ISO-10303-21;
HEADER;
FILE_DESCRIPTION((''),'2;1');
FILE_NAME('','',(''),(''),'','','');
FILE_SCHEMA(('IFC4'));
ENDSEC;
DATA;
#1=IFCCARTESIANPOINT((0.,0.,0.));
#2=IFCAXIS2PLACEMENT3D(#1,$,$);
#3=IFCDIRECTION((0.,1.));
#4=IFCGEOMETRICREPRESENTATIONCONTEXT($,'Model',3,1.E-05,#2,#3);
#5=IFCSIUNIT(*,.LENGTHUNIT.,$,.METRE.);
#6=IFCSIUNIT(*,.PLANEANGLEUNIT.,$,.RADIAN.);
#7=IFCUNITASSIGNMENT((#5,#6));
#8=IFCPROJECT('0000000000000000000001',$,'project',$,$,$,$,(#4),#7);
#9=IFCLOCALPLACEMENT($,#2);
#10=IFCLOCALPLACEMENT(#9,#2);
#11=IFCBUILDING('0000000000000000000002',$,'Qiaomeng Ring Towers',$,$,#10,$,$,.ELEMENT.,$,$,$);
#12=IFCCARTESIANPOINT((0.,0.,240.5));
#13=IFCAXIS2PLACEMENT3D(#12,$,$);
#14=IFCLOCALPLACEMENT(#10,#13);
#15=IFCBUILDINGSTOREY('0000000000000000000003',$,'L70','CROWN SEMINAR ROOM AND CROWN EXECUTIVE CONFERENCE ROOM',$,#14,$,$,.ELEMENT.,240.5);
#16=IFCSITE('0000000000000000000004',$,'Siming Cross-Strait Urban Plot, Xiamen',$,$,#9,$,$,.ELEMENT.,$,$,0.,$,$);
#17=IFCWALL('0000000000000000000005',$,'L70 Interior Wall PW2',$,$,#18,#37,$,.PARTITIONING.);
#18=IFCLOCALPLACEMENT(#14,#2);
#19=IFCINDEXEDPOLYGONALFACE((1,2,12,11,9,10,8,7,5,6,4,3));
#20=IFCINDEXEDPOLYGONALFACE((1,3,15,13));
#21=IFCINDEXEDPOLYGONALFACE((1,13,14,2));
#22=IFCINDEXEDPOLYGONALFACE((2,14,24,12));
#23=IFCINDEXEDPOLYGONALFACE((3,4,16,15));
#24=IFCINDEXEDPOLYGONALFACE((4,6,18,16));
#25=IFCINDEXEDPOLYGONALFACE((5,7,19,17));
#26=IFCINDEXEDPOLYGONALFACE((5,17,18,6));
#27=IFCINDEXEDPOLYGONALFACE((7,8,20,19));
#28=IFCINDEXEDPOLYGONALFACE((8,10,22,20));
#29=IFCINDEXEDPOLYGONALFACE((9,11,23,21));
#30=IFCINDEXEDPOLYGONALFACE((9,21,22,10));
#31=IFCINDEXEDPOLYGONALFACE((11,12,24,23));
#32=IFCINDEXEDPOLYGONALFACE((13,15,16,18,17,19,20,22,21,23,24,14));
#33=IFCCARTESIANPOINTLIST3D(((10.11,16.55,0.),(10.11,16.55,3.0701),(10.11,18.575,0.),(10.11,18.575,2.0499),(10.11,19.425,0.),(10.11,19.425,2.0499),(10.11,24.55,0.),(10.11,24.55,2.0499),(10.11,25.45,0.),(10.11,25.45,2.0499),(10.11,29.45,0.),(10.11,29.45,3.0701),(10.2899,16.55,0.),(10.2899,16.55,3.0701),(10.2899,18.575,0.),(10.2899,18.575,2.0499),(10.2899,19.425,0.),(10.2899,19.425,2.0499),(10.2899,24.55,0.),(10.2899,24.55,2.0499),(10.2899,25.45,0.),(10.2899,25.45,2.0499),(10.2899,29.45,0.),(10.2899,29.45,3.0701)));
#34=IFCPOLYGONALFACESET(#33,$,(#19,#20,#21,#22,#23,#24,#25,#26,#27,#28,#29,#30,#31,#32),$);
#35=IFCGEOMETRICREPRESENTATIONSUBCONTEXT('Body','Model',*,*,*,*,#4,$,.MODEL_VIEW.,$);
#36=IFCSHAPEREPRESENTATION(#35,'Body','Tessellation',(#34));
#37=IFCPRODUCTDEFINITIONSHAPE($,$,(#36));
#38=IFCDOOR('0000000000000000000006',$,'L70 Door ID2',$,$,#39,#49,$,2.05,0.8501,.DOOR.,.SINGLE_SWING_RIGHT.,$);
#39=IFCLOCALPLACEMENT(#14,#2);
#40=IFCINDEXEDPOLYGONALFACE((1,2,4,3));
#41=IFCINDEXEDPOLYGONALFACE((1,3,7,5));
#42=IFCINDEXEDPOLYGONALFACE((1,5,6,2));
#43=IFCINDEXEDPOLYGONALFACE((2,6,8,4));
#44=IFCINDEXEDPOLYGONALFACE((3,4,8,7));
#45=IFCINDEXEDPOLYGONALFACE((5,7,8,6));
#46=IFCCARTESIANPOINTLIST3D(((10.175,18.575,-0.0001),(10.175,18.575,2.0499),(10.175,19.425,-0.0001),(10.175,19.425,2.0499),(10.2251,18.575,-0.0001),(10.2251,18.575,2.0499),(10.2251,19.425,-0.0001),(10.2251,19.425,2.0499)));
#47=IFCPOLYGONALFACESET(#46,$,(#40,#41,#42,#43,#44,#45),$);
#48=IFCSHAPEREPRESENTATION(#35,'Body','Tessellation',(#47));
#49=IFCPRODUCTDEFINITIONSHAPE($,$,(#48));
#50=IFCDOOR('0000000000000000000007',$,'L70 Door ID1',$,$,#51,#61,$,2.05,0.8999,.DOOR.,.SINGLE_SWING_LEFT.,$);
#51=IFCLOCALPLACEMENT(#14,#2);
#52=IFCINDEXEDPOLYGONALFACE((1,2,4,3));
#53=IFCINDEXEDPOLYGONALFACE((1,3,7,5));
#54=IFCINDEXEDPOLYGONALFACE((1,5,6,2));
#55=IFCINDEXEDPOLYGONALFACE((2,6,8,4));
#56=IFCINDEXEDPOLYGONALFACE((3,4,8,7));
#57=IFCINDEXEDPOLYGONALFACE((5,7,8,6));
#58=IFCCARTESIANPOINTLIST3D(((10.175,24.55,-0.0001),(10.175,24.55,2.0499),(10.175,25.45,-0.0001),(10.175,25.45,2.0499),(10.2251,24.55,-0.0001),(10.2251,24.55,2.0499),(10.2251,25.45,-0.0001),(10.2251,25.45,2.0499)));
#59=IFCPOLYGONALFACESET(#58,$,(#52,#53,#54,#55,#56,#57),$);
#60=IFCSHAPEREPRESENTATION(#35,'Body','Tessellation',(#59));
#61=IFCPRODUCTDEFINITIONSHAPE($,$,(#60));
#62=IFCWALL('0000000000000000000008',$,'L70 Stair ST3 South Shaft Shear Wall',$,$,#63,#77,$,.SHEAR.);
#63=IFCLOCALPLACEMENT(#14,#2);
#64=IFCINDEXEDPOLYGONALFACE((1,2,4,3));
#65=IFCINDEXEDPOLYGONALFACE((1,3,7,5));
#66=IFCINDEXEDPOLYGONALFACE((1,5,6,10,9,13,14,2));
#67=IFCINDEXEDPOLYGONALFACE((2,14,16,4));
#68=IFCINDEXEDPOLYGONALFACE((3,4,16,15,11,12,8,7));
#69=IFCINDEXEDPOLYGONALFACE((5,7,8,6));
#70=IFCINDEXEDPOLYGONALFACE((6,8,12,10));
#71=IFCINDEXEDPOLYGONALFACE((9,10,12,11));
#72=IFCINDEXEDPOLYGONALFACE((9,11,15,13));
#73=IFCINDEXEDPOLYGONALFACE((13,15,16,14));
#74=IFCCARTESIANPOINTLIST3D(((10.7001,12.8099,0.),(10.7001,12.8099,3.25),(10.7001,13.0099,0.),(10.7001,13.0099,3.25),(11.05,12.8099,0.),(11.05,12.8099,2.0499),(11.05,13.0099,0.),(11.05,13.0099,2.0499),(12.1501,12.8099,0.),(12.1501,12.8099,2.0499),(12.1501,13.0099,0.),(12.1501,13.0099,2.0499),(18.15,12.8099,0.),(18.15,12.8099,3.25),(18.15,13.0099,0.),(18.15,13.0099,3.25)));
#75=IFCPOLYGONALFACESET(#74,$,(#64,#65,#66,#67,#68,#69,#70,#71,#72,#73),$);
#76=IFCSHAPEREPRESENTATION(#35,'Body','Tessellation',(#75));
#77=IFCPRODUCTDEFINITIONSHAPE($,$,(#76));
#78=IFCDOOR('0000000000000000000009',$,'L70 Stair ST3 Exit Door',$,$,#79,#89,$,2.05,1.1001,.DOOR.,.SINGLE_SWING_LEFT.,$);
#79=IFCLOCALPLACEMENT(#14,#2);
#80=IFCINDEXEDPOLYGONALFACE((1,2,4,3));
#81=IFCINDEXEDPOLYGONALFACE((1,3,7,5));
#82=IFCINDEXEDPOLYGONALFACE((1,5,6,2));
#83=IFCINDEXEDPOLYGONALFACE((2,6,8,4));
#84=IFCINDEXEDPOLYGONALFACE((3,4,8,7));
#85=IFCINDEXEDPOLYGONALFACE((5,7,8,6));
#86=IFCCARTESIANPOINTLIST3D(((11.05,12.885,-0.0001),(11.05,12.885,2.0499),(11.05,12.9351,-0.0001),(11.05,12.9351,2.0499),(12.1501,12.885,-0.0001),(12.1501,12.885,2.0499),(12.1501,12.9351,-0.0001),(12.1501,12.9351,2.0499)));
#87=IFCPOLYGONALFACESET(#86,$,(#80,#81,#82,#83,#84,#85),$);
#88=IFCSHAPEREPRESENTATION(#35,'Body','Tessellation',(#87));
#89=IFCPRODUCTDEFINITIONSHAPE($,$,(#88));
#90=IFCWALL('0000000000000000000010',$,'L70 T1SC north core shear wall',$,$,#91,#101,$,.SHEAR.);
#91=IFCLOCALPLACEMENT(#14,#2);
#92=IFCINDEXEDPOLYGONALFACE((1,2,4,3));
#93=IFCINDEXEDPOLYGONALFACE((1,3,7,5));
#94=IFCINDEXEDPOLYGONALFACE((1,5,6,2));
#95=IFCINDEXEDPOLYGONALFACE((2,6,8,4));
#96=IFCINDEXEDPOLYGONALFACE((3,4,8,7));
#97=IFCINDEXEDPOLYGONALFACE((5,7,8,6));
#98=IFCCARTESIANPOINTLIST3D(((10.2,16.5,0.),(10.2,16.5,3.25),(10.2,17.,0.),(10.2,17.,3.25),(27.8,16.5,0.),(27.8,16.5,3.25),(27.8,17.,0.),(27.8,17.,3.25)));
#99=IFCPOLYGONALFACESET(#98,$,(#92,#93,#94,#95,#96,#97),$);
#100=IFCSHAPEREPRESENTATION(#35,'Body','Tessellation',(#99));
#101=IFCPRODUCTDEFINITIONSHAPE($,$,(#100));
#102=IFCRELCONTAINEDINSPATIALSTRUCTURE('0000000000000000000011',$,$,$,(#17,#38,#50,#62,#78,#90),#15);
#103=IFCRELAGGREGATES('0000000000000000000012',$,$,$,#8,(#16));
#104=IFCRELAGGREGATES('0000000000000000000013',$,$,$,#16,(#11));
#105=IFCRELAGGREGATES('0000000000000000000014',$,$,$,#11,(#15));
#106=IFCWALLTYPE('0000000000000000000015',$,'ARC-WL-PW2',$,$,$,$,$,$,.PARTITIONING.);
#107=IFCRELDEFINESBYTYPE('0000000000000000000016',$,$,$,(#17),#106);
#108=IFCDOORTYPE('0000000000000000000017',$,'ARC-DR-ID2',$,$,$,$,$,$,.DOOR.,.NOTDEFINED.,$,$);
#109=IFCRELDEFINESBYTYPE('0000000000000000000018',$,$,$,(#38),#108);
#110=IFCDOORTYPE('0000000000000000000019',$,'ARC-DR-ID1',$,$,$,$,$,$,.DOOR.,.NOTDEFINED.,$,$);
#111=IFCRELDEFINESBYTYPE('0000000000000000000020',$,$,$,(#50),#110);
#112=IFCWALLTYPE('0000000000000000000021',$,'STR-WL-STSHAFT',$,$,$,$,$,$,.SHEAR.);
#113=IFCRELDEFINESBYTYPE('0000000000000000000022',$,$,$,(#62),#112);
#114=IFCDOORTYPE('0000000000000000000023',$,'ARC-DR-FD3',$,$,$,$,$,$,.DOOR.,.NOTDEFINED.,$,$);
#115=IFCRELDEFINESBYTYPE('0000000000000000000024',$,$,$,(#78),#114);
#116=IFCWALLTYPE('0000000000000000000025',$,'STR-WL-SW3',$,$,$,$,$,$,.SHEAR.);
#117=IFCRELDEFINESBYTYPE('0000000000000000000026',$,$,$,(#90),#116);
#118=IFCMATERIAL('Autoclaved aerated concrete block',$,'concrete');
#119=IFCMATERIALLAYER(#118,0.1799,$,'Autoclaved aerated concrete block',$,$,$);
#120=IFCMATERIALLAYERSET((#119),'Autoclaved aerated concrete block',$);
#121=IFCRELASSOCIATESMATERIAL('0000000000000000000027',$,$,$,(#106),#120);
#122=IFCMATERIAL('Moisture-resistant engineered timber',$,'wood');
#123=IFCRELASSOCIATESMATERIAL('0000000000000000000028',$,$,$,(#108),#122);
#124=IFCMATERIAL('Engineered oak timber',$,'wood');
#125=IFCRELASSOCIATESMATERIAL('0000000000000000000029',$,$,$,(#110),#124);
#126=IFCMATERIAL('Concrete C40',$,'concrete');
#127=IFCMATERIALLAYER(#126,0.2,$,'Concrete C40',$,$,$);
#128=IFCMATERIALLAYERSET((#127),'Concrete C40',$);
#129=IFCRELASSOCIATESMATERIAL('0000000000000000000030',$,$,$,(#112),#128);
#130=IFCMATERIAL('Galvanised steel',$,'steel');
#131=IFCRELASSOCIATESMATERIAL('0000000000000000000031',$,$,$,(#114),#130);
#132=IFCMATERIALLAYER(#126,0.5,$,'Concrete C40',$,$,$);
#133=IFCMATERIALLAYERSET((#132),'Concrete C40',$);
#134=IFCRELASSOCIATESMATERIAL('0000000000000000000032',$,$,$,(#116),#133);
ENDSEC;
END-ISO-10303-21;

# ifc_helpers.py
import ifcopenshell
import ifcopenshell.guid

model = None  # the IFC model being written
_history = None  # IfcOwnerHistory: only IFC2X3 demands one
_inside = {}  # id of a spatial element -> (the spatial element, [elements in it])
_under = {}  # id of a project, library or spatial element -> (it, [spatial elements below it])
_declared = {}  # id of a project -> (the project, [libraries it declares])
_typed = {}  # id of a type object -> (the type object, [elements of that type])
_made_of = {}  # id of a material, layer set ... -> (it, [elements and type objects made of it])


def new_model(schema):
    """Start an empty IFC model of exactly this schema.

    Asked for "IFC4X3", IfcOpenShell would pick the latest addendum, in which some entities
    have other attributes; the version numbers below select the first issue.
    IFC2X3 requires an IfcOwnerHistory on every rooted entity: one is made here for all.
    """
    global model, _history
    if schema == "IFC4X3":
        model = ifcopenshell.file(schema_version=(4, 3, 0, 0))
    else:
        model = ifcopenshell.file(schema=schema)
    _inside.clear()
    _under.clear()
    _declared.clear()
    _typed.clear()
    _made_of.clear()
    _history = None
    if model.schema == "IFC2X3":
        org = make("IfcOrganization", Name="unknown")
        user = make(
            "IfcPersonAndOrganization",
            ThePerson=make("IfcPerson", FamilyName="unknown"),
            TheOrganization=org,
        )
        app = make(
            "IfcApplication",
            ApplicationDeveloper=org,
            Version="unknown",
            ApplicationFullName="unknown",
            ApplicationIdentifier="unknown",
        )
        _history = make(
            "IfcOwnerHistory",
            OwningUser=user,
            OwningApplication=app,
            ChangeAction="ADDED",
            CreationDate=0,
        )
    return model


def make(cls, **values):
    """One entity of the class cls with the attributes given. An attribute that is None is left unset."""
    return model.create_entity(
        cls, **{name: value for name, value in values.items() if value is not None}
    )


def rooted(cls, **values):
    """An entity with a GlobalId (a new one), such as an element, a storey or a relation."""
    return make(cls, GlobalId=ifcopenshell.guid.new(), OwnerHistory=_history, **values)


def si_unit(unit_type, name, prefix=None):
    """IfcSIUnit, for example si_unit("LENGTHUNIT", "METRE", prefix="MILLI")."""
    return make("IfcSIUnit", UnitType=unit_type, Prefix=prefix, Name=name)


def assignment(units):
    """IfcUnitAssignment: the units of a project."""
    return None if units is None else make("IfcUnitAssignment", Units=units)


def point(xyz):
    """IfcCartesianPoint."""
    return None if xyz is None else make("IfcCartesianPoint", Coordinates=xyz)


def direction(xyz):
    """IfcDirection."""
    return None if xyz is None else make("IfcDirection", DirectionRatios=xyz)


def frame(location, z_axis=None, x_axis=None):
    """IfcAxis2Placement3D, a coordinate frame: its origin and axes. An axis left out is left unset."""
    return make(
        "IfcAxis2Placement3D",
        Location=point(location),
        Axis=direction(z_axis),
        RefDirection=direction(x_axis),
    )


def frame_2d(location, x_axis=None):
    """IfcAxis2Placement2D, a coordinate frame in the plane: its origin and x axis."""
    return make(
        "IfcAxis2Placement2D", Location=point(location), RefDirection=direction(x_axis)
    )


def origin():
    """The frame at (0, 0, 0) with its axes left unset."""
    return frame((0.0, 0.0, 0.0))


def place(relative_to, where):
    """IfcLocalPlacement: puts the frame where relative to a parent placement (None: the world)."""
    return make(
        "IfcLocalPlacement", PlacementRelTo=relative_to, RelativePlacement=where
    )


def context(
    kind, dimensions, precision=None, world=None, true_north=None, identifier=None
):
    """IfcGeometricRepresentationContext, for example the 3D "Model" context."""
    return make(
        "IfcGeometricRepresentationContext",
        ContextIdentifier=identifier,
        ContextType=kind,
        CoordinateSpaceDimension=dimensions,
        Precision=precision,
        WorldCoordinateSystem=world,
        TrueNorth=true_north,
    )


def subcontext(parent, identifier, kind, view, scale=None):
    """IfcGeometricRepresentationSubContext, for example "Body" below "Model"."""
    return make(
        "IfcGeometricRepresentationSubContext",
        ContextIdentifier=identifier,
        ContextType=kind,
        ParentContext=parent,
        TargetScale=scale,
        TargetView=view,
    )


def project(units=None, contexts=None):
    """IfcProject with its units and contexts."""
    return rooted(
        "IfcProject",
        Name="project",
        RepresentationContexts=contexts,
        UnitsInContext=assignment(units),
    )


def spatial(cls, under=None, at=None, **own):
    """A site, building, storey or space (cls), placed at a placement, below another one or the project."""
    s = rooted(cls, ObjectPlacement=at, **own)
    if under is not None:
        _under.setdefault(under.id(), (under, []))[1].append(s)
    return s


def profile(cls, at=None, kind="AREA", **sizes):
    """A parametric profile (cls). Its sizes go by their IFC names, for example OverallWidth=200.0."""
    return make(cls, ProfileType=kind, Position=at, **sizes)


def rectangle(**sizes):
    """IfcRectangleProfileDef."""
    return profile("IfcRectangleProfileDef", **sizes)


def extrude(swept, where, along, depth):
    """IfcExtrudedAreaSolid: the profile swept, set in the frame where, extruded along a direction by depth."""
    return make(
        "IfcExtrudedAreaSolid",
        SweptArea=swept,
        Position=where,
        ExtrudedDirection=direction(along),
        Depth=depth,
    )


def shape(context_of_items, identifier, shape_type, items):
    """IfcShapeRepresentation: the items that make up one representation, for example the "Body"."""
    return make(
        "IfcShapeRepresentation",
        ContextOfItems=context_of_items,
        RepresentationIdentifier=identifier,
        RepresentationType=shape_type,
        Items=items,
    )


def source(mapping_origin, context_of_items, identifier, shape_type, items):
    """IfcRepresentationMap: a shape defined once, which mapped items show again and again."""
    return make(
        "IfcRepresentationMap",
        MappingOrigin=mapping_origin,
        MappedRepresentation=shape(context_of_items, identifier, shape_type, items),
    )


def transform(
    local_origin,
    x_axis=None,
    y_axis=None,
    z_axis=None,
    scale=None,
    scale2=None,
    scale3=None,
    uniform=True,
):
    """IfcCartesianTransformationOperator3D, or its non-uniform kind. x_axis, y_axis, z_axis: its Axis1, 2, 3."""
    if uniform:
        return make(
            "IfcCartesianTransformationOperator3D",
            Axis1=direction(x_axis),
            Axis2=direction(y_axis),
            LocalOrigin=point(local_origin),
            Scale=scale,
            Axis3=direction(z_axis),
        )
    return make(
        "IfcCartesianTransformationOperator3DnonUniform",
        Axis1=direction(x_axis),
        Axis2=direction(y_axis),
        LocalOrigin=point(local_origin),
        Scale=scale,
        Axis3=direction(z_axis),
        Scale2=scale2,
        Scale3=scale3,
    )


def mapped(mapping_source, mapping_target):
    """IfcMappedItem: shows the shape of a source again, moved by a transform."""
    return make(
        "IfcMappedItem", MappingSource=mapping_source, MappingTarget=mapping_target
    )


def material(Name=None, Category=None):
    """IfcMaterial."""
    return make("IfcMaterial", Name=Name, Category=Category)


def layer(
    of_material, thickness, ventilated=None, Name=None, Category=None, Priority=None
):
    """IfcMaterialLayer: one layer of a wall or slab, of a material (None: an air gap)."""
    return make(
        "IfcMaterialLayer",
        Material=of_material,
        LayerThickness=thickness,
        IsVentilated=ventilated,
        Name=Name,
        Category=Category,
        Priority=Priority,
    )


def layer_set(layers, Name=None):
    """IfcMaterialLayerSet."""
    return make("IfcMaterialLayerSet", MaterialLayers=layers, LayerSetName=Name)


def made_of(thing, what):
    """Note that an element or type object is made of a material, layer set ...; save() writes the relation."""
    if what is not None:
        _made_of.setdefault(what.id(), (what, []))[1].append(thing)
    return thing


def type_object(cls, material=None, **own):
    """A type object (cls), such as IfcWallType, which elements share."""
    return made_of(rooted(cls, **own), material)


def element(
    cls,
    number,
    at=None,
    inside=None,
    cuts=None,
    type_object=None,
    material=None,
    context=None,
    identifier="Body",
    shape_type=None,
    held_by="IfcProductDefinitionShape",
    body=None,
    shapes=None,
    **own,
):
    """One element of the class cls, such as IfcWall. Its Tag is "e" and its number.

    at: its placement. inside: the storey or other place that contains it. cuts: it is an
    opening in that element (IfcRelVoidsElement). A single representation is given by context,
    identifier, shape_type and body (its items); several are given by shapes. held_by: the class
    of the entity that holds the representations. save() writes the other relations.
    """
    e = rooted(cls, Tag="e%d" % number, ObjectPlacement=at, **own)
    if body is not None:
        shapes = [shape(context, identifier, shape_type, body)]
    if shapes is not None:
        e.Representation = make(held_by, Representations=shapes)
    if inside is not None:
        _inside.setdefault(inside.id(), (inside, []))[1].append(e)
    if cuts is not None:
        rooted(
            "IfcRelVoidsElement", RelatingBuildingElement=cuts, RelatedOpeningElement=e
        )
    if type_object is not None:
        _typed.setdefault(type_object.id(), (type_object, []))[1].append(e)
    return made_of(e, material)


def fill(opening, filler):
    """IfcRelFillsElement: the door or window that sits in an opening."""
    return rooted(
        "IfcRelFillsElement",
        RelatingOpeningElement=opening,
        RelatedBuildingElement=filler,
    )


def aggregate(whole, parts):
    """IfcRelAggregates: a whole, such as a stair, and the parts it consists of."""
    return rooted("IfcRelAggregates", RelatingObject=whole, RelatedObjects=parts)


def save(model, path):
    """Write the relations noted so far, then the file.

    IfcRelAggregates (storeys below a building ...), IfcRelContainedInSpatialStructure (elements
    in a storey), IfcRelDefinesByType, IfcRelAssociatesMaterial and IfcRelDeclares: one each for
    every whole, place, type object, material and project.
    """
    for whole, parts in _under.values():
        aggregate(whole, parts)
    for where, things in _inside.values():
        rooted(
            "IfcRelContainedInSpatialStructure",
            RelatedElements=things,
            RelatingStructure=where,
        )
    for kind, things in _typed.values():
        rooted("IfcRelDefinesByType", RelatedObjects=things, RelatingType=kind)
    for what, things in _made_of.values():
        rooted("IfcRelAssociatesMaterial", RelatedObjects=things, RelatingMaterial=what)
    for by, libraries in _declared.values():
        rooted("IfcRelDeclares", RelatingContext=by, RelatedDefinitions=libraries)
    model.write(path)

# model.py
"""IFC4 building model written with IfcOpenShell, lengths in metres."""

from ifc_helpers import new_model, si_unit, direction, frame, frame_2d, origin, place, context, subcontext, project, spatial, rectangle, extrude, source, transform, mapped, material, layer, layer_set, type_object, element, fill, save


model = new_model("IFC4")

# Units and contexts
model_context = context("Model", 3, precision=1e-05, world=origin(), true_north=direction((0.0, 1.0)))
body_context = subcontext(model_context, "Body", "Model", "MODEL_VIEW")
ifc_project = project(units=[si_unit("LENGTHUNIT", "METRE"), si_unit("PLANEANGLEUNIT", "RADIAN")], contexts=[model_context])

# Site, building, storey
site_placement = place(None, origin())
site = spatial("IfcSite", under=ifc_project, at=site_placement, Name="Siming Cross-Strait Urban Plot, Xiamen", CompositionType="ELEMENT", RefElevation=0.0)
building_placement = place(site_placement, origin())
building = spatial("IfcBuilding", under=site, at=building_placement, Name="Qiaomeng Ring Towers", CompositionType="ELEMENT")
storey_placement = place(building_placement, frame((0.0, 0.0, 240.5)))
storey = spatial("IfcBuildingStorey", under=building, at=storey_placement, Name="L70", Description="CROWN SEMINAR ROOM AND CROWN EXECUTIVE CONFERENCE ROOM", CompositionType="ELEMENT", Elevation=240.5)

# Shared definitions
ifc_material_1 = material(Name="Concrete C40", Category="concrete")

# Wall, openings, doors
ifc_material_2 = material(Name="Autoclaved aerated concrete block", Category="concrete")
ifc_layer_1 = layer(ifc_material_2, 0.1799, Name="Autoclaved aerated concrete block")
ifc_layer_set_1 = layer_set([ifc_layer_1], Name="Autoclaved aerated concrete block")
wall_type_1 = type_object("IfcWallType", Name="ARC-WL-PW2", PredefinedType="PARTITIONING", material=ifc_layer_set_1)
wall_1_placement = place(storey_placement, frame((10.2, 16.55, 0.0), z_axis=(0.0, 0.0, 1.0), x_axis=(0.0, 1.0, 0.0)))
wall_1 = element("IfcWall", 1, at=wall_1_placement, inside=storey, type_object=wall_type_1, Name="L70 Interior Wall PW2", PredefinedType="PARTITIONING", context=body_context, shape_type="SweptSolid", body=[
    extrude(rectangle(XDim=12.8999, YDim=0.1799, at=frame_2d((6.45, 0.0))), origin(), (0.0, 0.0, 1.0), 3.0701),
])
opening_1_placement = place(wall_1_placement, frame((2.0249, 0.0, 0.0)))
opening_1 = element("IfcOpeningElement", 2, at=opening_1_placement, cuts=wall_1, PredefinedType="OPENING", context=body_context, shape_type="SweptSolid", body=[
    extrude(rectangle(XDim=0.8501, YDim=2.05, at=frame_2d((0.425, 1.0249))), frame((0.0, 0.0999, 0.0), z_axis=(0.0, -1.0, 0.0), x_axis=(1.0, 0.0, 0.0)), (0.0, 0.0, 1.0), 0.2),
])
opening_2_placement = place(wall_1_placement, frame((8.0, 0.0, 0.0)))
opening_2 = element("IfcOpeningElement", 3, at=opening_2_placement, cuts=wall_1, PredefinedType="OPENING", context=body_context, shape_type="SweptSolid", body=[
    extrude(rectangle(XDim=0.8999, YDim=2.05, at=frame_2d((0.45, 1.0249))), frame((0.0, 0.0999, 0.0), z_axis=(0.0, -1.0, 0.0), x_axis=(1.0, 0.0, 0.0)), (0.0, 0.0, 1.0), 0.2),
])
ifc_material_3 = material(Name="Moisture-resistant engineered timber", Category="wood")
door_type_1 = type_object("IfcDoorType", Name="ARC-DR-ID2", OperationType="NOTDEFINED", PredefinedType="DOOR", material=ifc_material_3)
shared_shape_1 = source(origin(), body_context, "Body", "SweptSolid", [
    extrude(rectangle(XDim=0.8501, YDim=2.05, at=frame_2d((0.425, 1.0249))), frame((0.0, 0.0249, 0.0), z_axis=(0.0, -1.0, 0.0), x_axis=(1.0, 0.0, 0.0)), (0.0, 0.0, 1.0), 0.05),
])
door_1_placement = place(opening_1_placement, origin())
door_1 = element("IfcDoor", 4, at=door_1_placement, inside=storey, type_object=door_type_1, Name="L70 Door ID2", OperationType="SINGLE_SWING_RIGHT", OverallHeight=2.05, OverallWidth=0.8501, PredefinedType="DOOR", context=body_context, shape_type="MappedRepresentation", body=[
    mapped(shared_shape_1, transform((0.0, 0.0, 0.0), x_axis=(1.0, 0.0, 0.0), y_axis=(0.0, 1.0, 0.0), z_axis=(0.0, 0.0, 1.0), scale=1.0)),
])
fill(opening_1, door_1)
ifc_material_4 = material(Name="Engineered oak timber", Category="wood")
door_type_2 = type_object("IfcDoorType", Name="ARC-DR-ID1", OperationType="NOTDEFINED", PredefinedType="DOOR", material=ifc_material_4)
shared_shape_2 = source(origin(), body_context, "Body", "SweptSolid", [
    extrude(rectangle(XDim=0.8999, YDim=2.05, at=frame_2d((0.45, 1.0249))), frame((0.0, 0.0249, 0.0), z_axis=(0.0, -1.0, 0.0), x_axis=(1.0, 0.0, 0.0)), (0.0, 0.0, 1.0), 0.05),
])
door_2_placement = place(opening_2_placement, origin())
door_2 = element("IfcDoor", 5, at=door_2_placement, inside=storey, type_object=door_type_2, Name="L70 Door ID1", OperationType="SINGLE_SWING_LEFT", OverallHeight=2.05, OverallWidth=0.8999, PredefinedType="DOOR", context=body_context, shape_type="MappedRepresentation", body=[
    mapped(shared_shape_2, transform((0.0, 0.0, 0.0), x_axis=(1.0, 0.0, 0.0), y_axis=(0.0, 1.0, 0.0), z_axis=(0.0, 0.0, 1.0), scale=1.0)),
])
fill(opening_2, door_2)

# Wall, opening, door
ifc_layer_2 = layer(ifc_material_1, 0.2, Name="Concrete C40")
ifc_layer_set_2 = layer_set([ifc_layer_2], Name="Concrete C40")
wall_type_2 = type_object("IfcWallType", Name="STR-WL-STSHAFT", PredefinedType="SHEAR", material=ifc_layer_set_2)
wall_2_placement = place(storey_placement, frame((10.7, 12.9099, 0.0), z_axis=(0.0, 0.0, 1.0), x_axis=(1.0, 0.0, 0.0)))
wall_2 = element("IfcWall", 6, at=wall_2_placement, inside=storey, type_object=wall_type_2, Name="L70 Stair ST3 South Shaft Shear Wall", PredefinedType="SHEAR", context=body_context, shape_type="SweptSolid", body=[
    extrude(rectangle(XDim=7.45, YDim=0.2, at=frame_2d((3.7251, 0.0))), origin(), (0.0, 0.0, 1.0), 3.25),
])
opening_3_placement = place(wall_2_placement, frame((0.3501, 0.0, 0.0)))
opening_3 = element("IfcOpeningElement", 7, at=opening_3_placement, cuts=wall_2, PredefinedType="OPENING", context=body_context, shape_type="SweptSolid", body=[
    extrude(rectangle(XDim=1.1001, YDim=2.05, at=frame_2d((0.55, 1.0249))), frame((0.0, 0.1099, 0.0), z_axis=(0.0, -1.0, 0.0), x_axis=(1.0, 0.0, 0.0)), (0.0, 0.0, 1.0), 0.22),
])
ifc_material_5 = material(Name="Galvanised steel", Category="steel")
door_type_3 = type_object("IfcDoorType", Name="ARC-DR-FD3", OperationType="NOTDEFINED", PredefinedType="DOOR", material=ifc_material_5)
shared_shape_3 = source(origin(), body_context, "Body", "SweptSolid", [
    extrude(rectangle(XDim=1.1001, YDim=2.05, at=frame_2d((0.55, 1.0249))), frame((0.0, 0.0249, 0.0), z_axis=(0.0, -1.0, 0.0), x_axis=(1.0, 0.0, 0.0)), (0.0, 0.0, 1.0), 0.05),
])
door_3_placement = place(opening_3_placement, frame((1.1001, 0.0, 0.0), z_axis=(0.0, 0.0, 1.0), x_axis=(-1.0, 0.0, 0.0)))
door_3 = element("IfcDoor", 8, at=door_3_placement, inside=storey, type_object=door_type_3, Name="L70 Stair ST3 Exit Door", OperationType="SINGLE_SWING_LEFT", OverallHeight=2.05, OverallWidth=1.1001, PredefinedType="DOOR", context=body_context, shape_type="MappedRepresentation", body=[
    mapped(shared_shape_3, transform((0.0, 0.0, 0.0), x_axis=(1.0, 0.0, 0.0), y_axis=(0.0, 1.0, 0.0), z_axis=(0.0, 0.0, 1.0), scale=1.0)),
])
fill(opening_3, door_3)

# Wall
ifc_layer_3 = layer(ifc_material_1, 0.5, Name="Concrete C40")
ifc_layer_set_3 = layer_set([ifc_layer_3], Name="Concrete C40")
wall_type_3 = type_object("IfcWallType", Name="STR-WL-SW3", PredefinedType="SHEAR", material=ifc_layer_set_3)
wall_3_placement = place(storey_placement, frame((10.2, 16.75, 0.0), z_axis=(0.0, 0.0, 1.0), x_axis=(1.0, 0.0, 0.0)))
element("IfcWall", 9, at=wall_3_placement, inside=storey, type_object=wall_type_3, Name="L70 T1SC north core shear wall", PredefinedType="SHEAR", context=body_context, shape_type="SweptSolid", body=[
    extrude(rectangle(XDim=17.6001, YDim=0.5, at=frame_2d((8.8, 0.0))), origin(), (0.0, 0.0, 1.0), 3.25),
])

save(model, "model.ifc")
